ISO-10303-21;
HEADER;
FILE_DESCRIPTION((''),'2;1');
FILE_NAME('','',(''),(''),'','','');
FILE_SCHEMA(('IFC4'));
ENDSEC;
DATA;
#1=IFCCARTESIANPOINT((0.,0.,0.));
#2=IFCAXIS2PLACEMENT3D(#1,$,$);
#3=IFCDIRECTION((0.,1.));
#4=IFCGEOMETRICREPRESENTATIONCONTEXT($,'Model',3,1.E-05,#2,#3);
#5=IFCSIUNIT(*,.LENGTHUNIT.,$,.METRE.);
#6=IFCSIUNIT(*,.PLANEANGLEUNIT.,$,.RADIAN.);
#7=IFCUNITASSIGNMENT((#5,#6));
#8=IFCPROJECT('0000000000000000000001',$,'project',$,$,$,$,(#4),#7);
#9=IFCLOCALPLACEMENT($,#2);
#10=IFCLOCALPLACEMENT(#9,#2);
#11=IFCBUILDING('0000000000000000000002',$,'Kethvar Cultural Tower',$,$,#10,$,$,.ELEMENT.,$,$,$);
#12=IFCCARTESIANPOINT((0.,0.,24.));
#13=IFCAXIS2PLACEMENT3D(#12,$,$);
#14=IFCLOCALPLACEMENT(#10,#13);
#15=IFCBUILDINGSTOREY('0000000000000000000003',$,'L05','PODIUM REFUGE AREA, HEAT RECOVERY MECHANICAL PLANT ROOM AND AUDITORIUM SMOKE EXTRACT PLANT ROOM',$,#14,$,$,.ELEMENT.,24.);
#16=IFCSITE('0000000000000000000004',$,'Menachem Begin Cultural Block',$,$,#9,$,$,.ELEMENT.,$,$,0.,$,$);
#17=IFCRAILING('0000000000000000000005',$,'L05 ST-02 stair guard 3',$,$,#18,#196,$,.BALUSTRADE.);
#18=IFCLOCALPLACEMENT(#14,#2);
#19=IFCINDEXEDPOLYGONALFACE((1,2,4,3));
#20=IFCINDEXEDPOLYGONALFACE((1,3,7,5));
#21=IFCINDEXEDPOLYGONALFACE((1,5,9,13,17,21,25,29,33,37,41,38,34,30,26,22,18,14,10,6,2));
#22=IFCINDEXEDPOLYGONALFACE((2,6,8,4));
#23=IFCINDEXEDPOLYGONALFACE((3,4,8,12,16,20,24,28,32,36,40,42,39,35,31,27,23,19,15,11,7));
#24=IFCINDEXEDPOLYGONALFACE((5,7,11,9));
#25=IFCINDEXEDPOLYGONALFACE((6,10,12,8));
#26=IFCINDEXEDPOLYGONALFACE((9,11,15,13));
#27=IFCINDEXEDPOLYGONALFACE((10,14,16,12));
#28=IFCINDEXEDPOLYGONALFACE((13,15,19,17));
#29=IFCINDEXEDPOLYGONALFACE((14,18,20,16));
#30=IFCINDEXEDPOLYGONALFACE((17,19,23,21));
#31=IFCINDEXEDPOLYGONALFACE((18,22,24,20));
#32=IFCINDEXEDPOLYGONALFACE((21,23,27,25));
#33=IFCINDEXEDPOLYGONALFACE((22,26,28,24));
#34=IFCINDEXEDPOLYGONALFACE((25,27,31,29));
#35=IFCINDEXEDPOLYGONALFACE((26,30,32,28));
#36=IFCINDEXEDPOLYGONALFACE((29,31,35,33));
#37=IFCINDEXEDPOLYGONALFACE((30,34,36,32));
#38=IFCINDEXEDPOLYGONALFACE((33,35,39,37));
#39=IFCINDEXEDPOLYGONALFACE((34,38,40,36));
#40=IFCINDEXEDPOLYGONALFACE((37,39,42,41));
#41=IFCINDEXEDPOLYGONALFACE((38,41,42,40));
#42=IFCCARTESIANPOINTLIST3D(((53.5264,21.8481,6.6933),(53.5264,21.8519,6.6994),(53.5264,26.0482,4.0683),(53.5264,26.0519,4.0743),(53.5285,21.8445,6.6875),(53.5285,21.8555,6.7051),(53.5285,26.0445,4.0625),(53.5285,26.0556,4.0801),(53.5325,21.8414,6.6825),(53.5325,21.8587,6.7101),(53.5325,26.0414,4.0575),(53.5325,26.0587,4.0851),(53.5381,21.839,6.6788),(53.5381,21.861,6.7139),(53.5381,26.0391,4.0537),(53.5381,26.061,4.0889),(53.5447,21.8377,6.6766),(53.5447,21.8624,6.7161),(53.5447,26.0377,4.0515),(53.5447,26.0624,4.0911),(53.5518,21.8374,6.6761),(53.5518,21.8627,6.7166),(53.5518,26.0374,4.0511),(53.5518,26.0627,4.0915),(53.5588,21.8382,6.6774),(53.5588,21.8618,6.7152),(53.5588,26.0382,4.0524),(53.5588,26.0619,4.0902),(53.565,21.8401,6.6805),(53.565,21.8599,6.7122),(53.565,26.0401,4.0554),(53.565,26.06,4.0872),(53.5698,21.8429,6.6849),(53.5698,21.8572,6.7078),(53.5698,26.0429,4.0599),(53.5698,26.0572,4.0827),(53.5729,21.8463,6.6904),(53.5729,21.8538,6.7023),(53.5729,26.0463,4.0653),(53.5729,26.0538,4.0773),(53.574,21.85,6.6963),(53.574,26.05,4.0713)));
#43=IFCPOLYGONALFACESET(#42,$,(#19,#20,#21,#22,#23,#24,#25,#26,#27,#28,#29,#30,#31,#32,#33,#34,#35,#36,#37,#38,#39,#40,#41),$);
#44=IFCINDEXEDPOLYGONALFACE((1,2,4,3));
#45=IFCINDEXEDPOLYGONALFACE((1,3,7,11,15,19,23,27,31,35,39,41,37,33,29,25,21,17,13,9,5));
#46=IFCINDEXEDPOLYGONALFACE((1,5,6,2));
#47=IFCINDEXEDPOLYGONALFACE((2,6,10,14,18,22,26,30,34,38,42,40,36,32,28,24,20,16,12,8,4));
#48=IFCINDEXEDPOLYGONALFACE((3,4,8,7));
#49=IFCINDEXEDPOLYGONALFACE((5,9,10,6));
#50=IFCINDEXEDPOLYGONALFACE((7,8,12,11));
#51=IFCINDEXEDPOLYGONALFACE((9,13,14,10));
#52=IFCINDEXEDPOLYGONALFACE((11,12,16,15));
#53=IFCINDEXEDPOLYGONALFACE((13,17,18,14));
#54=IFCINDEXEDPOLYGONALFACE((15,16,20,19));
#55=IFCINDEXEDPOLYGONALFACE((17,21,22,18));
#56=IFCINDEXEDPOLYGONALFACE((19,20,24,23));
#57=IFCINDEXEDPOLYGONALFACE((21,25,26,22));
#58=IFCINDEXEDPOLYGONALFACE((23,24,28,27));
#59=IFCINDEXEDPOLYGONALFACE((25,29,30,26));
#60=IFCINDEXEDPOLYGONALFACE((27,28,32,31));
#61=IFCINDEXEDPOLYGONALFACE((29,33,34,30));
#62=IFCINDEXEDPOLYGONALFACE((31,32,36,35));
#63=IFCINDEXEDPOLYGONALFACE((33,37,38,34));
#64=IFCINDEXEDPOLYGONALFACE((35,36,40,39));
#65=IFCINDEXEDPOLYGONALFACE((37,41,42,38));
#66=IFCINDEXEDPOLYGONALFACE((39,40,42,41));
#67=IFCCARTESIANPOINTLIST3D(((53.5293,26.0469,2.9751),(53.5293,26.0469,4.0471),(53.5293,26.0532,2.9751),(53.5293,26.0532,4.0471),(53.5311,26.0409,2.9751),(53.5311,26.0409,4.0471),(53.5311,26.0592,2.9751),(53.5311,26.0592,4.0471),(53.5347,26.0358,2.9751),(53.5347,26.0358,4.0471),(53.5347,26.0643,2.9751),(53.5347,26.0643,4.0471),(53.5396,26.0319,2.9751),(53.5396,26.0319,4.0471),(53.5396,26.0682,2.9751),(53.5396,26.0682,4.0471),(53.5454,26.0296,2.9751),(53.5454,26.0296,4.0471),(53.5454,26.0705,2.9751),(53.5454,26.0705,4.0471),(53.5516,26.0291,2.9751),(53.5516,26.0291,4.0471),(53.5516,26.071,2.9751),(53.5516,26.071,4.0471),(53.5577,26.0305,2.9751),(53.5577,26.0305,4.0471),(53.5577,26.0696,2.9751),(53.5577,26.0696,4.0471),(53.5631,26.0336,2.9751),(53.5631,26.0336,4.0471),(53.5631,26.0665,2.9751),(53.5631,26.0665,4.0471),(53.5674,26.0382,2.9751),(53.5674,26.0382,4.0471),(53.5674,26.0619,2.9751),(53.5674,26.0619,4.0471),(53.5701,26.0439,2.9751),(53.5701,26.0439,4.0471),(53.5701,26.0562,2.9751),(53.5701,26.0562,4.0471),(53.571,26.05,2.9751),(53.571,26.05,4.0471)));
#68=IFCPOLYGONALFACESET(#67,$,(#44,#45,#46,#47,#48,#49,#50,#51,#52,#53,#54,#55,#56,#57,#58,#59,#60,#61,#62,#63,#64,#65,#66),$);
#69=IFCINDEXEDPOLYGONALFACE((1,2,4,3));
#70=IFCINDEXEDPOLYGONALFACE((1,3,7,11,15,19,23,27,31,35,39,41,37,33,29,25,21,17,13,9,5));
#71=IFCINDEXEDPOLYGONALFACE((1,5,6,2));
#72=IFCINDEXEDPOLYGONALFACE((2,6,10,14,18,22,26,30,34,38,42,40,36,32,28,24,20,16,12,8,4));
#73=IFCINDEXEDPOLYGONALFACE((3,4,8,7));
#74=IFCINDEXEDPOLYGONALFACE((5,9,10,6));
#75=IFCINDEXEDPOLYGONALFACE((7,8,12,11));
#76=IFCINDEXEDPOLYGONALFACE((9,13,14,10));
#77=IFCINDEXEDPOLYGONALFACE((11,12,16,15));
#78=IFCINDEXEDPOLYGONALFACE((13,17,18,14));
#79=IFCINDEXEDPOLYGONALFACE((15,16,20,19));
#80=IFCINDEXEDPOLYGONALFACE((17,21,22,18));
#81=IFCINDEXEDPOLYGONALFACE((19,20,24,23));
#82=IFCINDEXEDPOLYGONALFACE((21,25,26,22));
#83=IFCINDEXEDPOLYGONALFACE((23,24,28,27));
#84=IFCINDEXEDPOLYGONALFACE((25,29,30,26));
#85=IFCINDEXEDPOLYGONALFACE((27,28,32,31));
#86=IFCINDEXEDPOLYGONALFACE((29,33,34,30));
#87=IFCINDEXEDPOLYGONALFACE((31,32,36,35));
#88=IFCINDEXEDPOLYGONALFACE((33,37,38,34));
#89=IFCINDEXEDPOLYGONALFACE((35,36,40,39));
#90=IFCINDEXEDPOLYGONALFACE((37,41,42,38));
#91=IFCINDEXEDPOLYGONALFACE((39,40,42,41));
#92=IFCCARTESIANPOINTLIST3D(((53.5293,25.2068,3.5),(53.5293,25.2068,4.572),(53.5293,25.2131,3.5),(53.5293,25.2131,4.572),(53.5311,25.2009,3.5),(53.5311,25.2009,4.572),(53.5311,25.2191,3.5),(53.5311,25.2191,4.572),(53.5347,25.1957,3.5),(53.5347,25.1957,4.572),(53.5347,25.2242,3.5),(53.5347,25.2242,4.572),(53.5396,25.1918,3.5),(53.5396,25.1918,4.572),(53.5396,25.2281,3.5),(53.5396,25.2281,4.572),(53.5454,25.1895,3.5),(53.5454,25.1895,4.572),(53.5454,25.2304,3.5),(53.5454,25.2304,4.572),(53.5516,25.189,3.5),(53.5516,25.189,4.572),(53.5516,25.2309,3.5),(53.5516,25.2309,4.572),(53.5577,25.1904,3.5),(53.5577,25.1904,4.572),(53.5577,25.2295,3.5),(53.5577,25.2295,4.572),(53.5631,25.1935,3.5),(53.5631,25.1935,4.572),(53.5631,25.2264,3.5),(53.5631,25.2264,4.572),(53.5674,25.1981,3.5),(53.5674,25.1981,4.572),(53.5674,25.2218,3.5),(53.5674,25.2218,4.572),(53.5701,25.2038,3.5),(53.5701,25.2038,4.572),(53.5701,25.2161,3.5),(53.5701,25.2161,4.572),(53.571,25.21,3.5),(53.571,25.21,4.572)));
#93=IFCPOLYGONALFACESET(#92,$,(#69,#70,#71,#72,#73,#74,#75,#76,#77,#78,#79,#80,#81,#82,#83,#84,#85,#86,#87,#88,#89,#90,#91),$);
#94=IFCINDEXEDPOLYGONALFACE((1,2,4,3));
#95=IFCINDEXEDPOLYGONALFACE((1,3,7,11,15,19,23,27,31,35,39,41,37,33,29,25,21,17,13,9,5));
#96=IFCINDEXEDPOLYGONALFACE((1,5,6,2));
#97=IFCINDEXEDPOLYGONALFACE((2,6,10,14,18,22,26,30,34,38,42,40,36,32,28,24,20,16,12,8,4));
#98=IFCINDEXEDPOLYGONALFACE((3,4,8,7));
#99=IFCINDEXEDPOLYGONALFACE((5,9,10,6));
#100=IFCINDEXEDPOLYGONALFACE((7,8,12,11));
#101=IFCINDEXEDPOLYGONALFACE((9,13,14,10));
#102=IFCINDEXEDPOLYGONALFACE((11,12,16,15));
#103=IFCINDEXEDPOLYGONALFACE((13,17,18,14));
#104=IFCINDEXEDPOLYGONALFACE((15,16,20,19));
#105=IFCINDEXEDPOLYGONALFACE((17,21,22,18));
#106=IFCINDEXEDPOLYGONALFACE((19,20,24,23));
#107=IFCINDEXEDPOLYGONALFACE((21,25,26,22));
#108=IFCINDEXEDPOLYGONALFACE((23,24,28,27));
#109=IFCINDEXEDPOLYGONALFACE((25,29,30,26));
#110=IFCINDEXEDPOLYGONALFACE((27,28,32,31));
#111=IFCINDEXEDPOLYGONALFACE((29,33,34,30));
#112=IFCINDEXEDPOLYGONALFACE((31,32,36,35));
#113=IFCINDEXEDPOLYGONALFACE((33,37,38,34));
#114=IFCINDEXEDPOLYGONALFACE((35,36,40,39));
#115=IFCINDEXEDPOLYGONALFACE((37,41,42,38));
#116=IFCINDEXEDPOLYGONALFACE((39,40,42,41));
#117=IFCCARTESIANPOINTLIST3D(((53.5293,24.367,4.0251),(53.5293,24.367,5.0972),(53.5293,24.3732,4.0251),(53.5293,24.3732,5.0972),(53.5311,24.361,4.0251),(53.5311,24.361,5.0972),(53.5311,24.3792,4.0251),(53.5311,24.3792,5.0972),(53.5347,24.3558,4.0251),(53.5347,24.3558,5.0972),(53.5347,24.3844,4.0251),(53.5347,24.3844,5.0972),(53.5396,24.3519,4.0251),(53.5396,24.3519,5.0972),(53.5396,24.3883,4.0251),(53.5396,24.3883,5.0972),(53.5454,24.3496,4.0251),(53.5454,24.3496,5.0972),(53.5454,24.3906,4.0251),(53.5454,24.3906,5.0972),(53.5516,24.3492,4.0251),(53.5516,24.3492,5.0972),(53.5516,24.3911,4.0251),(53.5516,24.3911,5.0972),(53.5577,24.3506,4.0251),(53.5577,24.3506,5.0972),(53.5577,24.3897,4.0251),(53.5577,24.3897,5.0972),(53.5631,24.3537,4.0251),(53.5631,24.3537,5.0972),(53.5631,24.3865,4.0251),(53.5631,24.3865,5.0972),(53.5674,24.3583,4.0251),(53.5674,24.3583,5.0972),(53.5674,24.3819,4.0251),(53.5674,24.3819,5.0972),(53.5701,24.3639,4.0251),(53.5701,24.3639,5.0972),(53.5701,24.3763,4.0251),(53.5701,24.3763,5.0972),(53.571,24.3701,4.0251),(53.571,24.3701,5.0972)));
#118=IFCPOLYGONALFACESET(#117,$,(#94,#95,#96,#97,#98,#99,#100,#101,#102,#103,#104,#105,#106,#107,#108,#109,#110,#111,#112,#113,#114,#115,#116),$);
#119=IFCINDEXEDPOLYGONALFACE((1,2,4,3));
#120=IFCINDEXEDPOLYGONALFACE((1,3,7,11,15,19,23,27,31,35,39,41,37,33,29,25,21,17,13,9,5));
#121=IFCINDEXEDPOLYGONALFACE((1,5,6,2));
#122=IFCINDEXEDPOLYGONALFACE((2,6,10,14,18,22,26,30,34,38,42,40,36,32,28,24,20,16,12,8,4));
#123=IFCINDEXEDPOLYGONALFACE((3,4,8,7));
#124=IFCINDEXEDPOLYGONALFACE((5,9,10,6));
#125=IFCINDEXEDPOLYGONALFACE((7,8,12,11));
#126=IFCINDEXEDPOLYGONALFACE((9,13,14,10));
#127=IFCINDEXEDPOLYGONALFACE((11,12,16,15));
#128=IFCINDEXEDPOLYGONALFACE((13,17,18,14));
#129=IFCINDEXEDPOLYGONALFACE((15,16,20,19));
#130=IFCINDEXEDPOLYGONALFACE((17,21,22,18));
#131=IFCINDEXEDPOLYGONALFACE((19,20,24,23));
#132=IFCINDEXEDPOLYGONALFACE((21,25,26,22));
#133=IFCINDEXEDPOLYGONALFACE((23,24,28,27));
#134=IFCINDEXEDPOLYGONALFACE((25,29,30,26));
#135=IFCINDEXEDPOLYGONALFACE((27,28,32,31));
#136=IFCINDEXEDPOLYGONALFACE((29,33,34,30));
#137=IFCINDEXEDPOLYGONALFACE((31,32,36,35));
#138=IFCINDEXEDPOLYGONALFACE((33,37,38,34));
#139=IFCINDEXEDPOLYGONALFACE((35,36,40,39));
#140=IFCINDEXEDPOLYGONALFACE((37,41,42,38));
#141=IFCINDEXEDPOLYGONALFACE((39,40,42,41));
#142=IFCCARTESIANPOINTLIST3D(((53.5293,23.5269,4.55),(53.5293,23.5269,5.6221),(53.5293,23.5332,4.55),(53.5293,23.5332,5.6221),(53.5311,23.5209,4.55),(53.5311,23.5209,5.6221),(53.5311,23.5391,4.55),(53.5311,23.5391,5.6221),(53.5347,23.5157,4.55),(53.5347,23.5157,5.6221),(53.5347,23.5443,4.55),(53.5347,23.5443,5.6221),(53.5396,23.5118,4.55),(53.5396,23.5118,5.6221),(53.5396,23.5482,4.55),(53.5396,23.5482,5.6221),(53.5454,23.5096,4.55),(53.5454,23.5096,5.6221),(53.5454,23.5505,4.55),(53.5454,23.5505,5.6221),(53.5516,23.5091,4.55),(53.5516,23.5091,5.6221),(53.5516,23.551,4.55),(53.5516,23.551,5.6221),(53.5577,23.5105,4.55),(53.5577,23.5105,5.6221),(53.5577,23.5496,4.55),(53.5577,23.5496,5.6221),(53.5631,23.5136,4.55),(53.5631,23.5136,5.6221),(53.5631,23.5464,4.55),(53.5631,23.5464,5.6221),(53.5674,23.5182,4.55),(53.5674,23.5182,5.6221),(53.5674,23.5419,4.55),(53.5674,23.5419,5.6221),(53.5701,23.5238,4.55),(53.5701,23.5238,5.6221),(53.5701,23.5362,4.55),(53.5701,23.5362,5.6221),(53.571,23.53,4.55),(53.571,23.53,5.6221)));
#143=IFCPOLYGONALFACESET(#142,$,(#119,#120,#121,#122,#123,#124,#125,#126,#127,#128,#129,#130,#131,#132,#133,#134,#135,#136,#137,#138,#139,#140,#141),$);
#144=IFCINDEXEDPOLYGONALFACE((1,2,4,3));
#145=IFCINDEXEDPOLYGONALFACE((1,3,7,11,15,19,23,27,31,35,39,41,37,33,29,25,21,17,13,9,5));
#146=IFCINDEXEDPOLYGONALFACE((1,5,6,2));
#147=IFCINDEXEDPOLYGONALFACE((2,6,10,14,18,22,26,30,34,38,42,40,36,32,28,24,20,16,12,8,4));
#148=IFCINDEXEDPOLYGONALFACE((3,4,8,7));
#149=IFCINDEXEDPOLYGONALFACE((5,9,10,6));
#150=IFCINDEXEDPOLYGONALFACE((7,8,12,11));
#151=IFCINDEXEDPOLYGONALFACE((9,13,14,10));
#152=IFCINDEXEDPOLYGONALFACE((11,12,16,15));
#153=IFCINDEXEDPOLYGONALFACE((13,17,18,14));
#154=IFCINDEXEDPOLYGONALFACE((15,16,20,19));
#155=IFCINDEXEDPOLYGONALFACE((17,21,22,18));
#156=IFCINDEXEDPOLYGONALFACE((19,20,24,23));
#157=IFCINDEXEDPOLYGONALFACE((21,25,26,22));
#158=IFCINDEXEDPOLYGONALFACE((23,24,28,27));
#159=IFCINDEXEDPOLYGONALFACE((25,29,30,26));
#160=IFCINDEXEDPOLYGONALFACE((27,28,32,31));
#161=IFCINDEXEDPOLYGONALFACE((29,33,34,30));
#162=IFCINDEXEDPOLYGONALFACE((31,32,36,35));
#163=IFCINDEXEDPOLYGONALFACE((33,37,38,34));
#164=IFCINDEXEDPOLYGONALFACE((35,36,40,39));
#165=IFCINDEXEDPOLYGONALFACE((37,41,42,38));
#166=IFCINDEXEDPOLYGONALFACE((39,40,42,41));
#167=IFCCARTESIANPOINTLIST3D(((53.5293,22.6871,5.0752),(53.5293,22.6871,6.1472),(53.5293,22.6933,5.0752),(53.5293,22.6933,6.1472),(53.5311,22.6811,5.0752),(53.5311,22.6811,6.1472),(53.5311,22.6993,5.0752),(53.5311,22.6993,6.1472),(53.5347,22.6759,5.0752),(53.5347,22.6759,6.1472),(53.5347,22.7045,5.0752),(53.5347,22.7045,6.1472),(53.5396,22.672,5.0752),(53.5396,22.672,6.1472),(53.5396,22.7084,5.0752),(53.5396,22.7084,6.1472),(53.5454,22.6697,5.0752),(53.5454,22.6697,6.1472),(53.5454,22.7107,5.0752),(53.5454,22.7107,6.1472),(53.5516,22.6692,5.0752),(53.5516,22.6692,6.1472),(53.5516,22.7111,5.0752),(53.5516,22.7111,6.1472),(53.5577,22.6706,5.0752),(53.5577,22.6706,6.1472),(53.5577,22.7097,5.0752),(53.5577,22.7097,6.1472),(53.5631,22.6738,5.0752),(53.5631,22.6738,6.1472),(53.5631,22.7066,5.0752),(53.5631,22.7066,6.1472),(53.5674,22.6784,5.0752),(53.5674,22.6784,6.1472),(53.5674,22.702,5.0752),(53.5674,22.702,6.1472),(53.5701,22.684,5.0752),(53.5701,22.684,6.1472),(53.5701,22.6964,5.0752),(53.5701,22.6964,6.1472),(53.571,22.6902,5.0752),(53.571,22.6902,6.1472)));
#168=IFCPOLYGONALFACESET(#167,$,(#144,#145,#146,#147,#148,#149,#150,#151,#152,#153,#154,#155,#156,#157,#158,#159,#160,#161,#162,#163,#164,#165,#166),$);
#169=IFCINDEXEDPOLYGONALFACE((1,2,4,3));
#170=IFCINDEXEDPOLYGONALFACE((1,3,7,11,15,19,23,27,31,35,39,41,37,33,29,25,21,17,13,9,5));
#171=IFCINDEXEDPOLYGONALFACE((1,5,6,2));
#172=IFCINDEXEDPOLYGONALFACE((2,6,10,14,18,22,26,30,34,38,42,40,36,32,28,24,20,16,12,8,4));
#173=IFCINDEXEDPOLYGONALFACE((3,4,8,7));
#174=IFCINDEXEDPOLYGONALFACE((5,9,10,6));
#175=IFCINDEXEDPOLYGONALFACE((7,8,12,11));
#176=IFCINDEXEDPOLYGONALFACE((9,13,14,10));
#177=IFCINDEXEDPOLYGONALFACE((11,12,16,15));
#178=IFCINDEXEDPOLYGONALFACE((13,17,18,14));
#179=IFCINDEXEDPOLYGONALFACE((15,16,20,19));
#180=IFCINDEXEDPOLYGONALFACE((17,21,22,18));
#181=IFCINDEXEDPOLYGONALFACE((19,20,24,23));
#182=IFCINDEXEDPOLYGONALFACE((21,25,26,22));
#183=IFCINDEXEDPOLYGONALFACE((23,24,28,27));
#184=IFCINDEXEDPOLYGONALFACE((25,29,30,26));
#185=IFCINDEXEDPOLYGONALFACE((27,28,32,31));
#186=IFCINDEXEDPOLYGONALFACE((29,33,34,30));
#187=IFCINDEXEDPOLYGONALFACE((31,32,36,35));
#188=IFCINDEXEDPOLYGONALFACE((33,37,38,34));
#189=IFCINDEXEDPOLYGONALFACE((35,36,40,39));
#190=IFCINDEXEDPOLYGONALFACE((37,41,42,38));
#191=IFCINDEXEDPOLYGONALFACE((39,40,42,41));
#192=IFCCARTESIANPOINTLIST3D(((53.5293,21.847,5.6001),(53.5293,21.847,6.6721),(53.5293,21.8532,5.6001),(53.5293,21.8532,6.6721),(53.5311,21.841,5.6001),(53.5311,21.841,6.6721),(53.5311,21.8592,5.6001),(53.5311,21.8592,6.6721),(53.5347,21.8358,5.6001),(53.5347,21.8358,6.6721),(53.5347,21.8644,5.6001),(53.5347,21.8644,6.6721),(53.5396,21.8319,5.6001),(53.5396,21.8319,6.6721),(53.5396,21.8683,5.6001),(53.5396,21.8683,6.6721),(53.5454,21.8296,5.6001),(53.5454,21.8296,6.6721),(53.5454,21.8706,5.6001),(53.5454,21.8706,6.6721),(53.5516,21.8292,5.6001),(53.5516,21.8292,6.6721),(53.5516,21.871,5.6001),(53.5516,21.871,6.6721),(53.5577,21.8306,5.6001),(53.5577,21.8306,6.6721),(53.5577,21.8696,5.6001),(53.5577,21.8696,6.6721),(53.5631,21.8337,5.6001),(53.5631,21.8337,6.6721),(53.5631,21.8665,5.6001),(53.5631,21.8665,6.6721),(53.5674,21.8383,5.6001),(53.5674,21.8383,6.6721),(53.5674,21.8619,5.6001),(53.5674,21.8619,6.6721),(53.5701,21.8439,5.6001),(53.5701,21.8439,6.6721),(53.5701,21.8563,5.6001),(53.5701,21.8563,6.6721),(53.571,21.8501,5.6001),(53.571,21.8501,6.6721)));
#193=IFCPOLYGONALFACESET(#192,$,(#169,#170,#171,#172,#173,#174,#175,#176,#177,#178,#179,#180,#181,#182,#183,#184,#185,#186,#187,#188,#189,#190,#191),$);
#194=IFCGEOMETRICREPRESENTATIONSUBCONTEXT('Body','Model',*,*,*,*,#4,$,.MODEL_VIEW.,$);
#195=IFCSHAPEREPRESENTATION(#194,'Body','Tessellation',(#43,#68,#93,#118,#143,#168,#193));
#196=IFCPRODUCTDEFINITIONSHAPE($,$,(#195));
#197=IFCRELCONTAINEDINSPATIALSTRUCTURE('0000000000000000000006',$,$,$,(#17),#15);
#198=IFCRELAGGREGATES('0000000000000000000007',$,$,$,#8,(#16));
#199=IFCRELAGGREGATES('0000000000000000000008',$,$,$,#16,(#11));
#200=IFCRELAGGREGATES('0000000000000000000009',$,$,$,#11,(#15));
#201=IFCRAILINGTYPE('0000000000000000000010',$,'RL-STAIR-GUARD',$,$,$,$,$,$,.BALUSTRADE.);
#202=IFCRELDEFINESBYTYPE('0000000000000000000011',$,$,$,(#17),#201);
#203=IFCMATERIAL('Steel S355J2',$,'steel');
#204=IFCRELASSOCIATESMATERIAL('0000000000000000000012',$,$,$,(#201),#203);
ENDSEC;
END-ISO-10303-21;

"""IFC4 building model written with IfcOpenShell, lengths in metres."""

from ifc_helpers import new_model, si_unit, direction, frame, origin, origin_2d, place, context, subcontext, project, spatial, circle, extrude, material, type_object, element, save


model = new_model("IFC4")

# Units and contexts
model_context = context("Model", 3, precision=1e-05, world=origin(), true_north=direction((0.0, 1.0)))
body_context = subcontext(model_context, "Body", "Model", "MODEL_VIEW")
ifc_project = project(units=[si_unit("LENGTHUNIT", "METRE"), si_unit("PLANEANGLEUNIT", "RADIAN")], contexts=[model_context])

# Site, building, storey
site_placement = place(None, origin())
site = spatial("IfcSite", under=ifc_project, at=site_placement, Name="Menachem Begin Cultural Block", CompositionType="ELEMENT", RefElevation=0.0)
building_placement = place(site_placement, origin())
building = spatial("IfcBuilding", under=site, at=building_placement, Name="Kethvar Cultural Tower", CompositionType="ELEMENT")
storey_placement = place(building_placement, frame((0.0, 0.0, 24.0)))
storey = spatial("IfcBuildingStorey", under=building, at=storey_placement, Name="L05", Description="PODIUM REFUGE AREA, HEAT RECOVERY MECHANICAL PLANT ROOM AND AUDITORIUM SMOKE EXTRACT PLANT ROOM", CompositionType="ELEMENT", Elevation=24.0)

# Shared definitions
ifc_material_1 = material(Name="Steel S355J2", Category="steel")

# Railing
railing_type_1 = type_object("IfcRailingType", Name="RL-STAIR-GUARD", PredefinedType="BALUSTRADE", material=ifc_material_1)
railing_1_placement = place(storey_placement, frame((53.55, 26.05, 2.9751)))
element("IfcRailing", 1, at=railing_1_placement, inside=storey, type_object=railing_type_1, Name="L05 ST-02 stair guard 3", PredefinedType="BALUSTRADE", context=body_context, shape_type="SweptSolid", body=[
    extrude(circle(Radius=0.0239, at=origin_2d()), frame((0.0, 0.0, 1.0962), z_axis=(0.0, -0.847996, 0.530003), x_axis=(1.0, 0.0, 0.0)), (0.0, 0.0, 1.0), 4.9529),
    extrude(circle(Radius=0.021, at=origin_2d()), origin(), (0.0, 0.0, 1.0), 1.072),
    extrude(circle(Radius=0.021, at=origin_2d()), frame((0.0, -0.8401, 0.5249)), (0.0, 0.0, 1.0), 1.072),
    extrude(circle(Radius=0.021, at=origin_2d()), frame((0.0, -1.6799, 1.05)), (0.0, 0.0, 1.0), 1.072),
    extrude(circle(Radius=0.021, at=origin_2d()), frame((0.0, -2.52, 1.575)), (0.0, 0.0, 1.0), 1.072),
    extrude(circle(Radius=0.021, at=origin_2d()), frame((0.0, -3.3599, 2.1001)), (0.0, 0.0, 1.0), 1.072),
    extrude(circle(Radius=0.021, at=origin_2d()), frame((0.0, -4.2, 2.625)), (0.0, 0.0, 1.0), 1.072),
])

save(model, "model.ifc")
